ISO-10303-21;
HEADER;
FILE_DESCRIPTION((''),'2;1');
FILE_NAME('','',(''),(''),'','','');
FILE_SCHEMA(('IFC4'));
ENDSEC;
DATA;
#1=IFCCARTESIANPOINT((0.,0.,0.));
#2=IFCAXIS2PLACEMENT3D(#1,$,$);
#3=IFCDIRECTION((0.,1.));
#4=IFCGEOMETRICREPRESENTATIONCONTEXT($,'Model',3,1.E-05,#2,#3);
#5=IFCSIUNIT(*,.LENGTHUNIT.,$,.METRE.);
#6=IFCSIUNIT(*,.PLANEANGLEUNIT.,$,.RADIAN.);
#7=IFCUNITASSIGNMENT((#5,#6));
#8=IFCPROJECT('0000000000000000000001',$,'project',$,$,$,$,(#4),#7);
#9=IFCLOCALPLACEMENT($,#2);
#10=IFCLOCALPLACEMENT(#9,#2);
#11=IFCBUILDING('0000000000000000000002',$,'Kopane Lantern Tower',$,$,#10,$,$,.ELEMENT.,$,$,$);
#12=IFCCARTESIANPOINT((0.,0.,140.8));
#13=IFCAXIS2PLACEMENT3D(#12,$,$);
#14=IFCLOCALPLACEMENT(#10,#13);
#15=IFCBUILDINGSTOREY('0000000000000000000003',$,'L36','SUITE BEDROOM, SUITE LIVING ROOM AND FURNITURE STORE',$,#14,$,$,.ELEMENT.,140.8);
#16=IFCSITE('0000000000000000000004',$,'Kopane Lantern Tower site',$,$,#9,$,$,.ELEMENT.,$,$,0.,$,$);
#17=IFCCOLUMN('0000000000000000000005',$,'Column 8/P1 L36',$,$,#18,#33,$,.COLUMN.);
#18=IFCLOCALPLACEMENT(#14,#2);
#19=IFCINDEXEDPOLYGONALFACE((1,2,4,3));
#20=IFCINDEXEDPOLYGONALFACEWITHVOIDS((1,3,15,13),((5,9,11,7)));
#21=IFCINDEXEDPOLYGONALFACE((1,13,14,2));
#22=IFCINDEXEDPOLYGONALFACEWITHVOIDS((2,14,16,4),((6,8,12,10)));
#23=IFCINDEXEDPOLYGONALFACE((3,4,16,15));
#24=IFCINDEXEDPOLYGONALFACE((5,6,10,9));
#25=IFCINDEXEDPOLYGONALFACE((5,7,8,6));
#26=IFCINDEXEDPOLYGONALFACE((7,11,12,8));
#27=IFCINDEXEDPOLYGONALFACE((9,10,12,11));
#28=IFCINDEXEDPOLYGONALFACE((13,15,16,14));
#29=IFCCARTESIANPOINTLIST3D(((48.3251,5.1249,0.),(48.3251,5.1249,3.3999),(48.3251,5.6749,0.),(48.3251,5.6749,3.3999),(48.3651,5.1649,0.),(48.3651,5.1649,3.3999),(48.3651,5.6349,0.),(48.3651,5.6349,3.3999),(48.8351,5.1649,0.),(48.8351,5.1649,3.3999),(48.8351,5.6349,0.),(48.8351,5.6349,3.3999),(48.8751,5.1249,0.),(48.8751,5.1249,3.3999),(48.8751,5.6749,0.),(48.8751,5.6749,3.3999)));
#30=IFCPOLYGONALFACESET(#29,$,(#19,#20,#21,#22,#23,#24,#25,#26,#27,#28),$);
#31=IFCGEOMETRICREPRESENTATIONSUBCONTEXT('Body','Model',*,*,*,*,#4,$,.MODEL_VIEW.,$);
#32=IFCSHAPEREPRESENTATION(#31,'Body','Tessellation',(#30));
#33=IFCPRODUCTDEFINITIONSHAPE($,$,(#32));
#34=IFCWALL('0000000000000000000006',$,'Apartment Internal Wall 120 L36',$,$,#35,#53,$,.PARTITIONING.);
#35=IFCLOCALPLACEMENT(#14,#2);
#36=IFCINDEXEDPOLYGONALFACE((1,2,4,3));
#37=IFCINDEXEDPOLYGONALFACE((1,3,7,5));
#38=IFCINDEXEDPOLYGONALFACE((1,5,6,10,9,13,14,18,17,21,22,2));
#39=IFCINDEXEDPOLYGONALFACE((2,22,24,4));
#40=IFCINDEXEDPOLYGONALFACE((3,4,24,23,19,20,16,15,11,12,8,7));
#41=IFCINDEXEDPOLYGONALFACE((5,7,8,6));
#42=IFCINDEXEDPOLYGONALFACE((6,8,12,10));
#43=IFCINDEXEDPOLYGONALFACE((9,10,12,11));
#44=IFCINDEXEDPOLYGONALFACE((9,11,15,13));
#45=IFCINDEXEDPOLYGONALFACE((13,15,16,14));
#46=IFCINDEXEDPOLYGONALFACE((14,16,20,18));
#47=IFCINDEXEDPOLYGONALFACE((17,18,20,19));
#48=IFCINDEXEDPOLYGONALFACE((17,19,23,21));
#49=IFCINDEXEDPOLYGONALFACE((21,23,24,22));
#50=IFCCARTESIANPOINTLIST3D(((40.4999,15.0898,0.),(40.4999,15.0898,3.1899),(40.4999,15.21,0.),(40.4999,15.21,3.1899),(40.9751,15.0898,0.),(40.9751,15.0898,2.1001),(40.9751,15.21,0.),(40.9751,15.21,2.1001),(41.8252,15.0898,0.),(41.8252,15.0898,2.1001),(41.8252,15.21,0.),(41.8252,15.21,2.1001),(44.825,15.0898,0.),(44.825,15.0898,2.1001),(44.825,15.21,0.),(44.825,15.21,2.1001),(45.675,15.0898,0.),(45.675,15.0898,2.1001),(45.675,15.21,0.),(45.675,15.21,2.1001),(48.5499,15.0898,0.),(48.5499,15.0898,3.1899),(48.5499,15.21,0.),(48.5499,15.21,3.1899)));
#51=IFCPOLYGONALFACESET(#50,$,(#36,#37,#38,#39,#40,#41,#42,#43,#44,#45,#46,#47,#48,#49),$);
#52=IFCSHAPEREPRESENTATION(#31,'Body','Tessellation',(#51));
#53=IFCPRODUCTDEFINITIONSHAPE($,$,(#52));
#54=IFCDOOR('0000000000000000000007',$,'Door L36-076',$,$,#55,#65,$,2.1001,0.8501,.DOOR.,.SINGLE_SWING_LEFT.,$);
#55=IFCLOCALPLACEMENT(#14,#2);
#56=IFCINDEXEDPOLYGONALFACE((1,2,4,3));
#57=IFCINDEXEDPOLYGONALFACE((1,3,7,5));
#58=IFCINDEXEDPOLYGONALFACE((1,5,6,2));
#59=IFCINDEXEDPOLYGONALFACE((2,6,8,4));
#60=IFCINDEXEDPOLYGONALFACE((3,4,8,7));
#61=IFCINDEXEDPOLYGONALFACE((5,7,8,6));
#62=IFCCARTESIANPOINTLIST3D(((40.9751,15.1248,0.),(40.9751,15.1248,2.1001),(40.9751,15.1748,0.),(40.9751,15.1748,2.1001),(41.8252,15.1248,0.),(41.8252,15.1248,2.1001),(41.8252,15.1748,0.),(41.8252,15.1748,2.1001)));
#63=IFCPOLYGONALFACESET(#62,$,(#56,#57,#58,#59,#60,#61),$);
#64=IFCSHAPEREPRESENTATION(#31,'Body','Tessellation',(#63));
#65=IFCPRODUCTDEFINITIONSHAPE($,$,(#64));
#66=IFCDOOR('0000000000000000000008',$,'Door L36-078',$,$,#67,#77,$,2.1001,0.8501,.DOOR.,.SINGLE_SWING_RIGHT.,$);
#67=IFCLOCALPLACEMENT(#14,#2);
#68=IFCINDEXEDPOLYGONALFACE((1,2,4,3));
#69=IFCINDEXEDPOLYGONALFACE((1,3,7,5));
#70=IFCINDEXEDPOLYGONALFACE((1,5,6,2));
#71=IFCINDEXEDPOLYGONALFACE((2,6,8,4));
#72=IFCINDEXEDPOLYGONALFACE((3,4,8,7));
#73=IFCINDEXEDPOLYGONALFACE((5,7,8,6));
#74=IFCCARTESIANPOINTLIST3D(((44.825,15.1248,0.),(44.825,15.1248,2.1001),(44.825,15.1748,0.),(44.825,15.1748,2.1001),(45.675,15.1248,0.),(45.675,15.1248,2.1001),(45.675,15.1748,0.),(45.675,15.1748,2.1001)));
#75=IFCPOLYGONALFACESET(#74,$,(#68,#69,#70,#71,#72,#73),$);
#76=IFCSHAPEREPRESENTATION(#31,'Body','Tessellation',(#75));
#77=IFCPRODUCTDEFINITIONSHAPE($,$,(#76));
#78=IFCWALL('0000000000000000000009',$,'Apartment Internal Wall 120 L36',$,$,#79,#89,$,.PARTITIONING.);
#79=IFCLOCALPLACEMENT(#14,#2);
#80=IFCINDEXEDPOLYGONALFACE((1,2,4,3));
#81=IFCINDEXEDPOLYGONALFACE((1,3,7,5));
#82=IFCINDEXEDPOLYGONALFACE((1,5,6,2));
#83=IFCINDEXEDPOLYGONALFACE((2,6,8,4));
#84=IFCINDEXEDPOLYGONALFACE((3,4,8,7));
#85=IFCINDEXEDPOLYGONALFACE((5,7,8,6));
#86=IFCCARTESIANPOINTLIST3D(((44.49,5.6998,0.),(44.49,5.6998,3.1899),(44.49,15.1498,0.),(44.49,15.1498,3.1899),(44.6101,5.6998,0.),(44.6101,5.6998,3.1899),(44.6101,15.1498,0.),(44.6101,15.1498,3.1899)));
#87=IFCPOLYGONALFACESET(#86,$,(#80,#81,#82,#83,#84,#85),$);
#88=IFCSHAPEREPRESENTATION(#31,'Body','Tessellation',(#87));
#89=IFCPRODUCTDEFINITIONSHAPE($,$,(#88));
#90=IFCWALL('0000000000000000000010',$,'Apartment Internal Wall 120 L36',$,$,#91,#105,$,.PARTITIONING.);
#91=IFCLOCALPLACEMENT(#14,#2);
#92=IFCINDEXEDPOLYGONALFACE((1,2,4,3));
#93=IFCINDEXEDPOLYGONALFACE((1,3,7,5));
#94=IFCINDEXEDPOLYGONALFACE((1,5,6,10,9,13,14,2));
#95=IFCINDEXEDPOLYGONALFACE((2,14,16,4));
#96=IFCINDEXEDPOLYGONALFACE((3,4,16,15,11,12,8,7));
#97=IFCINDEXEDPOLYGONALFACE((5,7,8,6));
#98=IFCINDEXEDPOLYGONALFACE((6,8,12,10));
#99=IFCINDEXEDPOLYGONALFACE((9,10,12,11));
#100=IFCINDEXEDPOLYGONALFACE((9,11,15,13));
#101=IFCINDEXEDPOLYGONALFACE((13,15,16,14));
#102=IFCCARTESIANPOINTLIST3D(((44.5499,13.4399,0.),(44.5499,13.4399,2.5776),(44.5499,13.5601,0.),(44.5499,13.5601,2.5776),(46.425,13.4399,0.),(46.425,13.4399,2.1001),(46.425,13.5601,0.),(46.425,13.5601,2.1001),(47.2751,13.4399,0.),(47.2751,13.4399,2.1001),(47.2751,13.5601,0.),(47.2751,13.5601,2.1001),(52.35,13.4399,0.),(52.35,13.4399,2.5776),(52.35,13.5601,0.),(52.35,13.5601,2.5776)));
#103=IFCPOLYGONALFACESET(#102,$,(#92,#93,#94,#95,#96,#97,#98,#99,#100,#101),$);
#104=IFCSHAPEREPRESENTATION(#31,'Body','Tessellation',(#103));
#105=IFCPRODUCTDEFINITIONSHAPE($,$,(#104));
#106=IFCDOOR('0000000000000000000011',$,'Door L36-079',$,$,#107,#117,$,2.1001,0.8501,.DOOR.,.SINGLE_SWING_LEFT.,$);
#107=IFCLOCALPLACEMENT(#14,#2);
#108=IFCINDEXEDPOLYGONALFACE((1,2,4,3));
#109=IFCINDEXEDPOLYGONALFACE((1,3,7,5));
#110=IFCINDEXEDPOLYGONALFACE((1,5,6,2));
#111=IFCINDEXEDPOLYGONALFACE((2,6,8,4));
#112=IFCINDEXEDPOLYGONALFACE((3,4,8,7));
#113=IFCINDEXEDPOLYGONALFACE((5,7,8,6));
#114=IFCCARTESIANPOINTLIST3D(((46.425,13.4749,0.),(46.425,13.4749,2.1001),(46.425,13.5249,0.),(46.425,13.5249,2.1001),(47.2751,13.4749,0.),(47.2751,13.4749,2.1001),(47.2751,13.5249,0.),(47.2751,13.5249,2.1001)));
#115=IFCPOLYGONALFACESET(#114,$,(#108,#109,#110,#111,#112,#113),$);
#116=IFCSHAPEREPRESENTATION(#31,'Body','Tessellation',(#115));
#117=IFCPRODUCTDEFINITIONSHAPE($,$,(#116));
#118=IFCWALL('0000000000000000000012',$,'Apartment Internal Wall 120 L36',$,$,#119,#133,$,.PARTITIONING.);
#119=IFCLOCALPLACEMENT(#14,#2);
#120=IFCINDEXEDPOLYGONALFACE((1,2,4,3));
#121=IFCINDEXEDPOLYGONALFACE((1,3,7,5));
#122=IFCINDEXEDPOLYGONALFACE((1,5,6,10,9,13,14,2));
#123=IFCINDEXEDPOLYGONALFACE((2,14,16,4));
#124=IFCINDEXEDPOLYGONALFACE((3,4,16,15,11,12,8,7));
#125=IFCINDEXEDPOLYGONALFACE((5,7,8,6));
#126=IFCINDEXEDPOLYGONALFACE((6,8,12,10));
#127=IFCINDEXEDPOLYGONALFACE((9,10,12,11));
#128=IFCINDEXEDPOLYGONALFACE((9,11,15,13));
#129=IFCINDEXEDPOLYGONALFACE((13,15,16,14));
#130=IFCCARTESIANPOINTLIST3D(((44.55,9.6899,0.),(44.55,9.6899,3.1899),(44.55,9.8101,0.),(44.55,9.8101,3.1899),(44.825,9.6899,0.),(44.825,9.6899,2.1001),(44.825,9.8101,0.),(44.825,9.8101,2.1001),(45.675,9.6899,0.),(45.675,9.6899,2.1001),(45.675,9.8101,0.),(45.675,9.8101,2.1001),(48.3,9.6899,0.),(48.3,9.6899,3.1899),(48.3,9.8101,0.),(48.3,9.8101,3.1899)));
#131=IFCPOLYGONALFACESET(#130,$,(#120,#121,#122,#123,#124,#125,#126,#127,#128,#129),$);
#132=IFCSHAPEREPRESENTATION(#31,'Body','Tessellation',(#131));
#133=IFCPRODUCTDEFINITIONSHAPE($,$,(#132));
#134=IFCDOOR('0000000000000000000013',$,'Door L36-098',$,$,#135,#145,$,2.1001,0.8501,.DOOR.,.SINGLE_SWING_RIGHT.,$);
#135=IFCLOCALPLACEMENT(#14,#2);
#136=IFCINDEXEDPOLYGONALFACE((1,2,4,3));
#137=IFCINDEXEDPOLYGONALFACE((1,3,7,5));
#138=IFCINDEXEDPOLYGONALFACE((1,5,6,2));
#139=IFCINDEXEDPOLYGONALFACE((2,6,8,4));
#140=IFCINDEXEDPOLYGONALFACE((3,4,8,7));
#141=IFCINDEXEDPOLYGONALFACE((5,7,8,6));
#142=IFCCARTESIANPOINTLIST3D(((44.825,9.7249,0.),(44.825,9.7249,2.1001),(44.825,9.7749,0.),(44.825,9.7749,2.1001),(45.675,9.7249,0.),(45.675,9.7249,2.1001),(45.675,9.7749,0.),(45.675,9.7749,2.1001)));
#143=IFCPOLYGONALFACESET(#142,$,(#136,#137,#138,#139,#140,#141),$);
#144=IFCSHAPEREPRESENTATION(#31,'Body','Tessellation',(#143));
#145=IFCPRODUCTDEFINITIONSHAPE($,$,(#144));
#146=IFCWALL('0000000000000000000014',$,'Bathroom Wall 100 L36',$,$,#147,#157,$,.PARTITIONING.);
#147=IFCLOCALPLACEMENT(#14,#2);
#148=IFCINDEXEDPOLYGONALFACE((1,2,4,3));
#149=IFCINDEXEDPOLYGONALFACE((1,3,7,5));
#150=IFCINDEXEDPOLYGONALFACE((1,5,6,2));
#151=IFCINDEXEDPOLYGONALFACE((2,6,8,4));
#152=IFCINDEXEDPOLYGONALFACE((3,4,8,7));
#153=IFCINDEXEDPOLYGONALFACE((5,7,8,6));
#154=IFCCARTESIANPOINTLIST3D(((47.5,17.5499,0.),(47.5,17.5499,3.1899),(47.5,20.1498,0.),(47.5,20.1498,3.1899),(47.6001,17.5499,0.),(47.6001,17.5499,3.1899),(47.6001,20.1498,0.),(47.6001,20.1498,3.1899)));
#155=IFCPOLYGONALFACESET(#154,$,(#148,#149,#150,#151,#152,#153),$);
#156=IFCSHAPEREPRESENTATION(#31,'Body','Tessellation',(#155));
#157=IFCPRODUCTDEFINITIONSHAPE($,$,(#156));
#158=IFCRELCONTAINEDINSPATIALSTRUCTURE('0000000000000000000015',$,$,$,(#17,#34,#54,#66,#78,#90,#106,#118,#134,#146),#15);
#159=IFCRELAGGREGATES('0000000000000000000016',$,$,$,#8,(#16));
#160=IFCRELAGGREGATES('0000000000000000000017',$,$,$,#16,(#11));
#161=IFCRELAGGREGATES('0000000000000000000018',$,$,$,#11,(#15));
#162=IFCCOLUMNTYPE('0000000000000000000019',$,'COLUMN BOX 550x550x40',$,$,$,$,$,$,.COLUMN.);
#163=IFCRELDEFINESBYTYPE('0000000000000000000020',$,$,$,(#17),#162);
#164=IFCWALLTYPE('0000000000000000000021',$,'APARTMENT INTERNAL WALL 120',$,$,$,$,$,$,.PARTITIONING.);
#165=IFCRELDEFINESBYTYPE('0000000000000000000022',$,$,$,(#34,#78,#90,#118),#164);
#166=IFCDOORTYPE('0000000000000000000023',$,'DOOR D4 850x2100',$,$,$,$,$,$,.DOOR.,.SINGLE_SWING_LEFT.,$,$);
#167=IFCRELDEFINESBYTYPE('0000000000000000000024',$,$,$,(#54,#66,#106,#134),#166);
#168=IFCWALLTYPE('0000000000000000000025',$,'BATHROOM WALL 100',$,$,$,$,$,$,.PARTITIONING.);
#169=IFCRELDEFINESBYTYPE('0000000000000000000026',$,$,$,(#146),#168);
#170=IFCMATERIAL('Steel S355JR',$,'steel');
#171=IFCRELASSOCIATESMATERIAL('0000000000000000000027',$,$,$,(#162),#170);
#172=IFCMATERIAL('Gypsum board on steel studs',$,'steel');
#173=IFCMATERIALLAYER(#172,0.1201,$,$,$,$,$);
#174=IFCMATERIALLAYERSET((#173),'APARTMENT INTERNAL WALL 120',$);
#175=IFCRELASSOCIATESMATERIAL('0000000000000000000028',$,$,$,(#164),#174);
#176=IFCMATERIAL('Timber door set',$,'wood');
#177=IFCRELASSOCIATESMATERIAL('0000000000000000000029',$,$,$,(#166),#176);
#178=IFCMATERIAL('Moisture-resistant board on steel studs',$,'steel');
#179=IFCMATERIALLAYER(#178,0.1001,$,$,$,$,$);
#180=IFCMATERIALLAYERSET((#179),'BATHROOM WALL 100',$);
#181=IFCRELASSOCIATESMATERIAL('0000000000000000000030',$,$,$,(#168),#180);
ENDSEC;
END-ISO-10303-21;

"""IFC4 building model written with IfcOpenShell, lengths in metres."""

from ifc_helpers import new_model, si_unit, direction, frame, frame_2d, origin, origin_2d, place, context, subcontext, project, spatial, rectangle, hollow_rectangle, extrude, material, layer, layer_set, material_profile, profile_set, type_object, element, fill, save


model = new_model("IFC4")

# Units and contexts
model_context = context("Model", 3, precision=1e-05, world=origin(), true_north=direction((0.0, 1.0)))
body_context = subcontext(model_context, "Body", "Model", "MODEL_VIEW")
ifc_project = project(units=[si_unit("LENGTHUNIT", "METRE"), si_unit("PLANEANGLEUNIT", "RADIAN")], contexts=[model_context])

# Site, building, storey
site_placement = place(None, origin())
site = spatial("IfcSite", under=ifc_project, at=site_placement, Name="Kopane Lantern Tower site", CompositionType="ELEMENT", RefElevation=0.0)
building_placement = place(site_placement, origin())
building = spatial("IfcBuilding", under=site, at=building_placement, Name="Kopane Lantern Tower", CompositionType="ELEMENT")
storey_placement = place(building_placement, frame((0.0, 0.0, 140.8)))
storey = spatial("IfcBuildingStorey", under=building, at=storey_placement, Name="L36", Description="SUITE BEDROOM, SUITE LIVING ROOM AND FURNITURE STORE", CompositionType="ELEMENT", Elevation=140.8)

# Column
ifc_material_1 = material(Name="Steel S355JR", Category="steel")
ifc_material_profile = material_profile(ifc_material_1, hollow_rectangle(XDim=0.55, YDim=0.55, WallThickness=0.04, at=origin_2d()), Name="BOX 550x550x40")
ifc_profile_set = profile_set([ifc_material_profile], Name="Steel S355JR")
column_type = type_object("IfcColumnType", Name="COLUMN BOX 550x550x40", PredefinedType="COLUMN", material=ifc_profile_set)
column_placement = place(storey_placement, frame((48.6001, 5.3999, 0.0), z_axis=(0.0, 0.0, 1.0), x_axis=(1.0, 0.0, 0.0)))
element("IfcColumn", 1, at=column_placement, inside=storey, type_object=column_type, Name="Column 8/P1 L36", PredefinedType="COLUMN", context=body_context, shape_type="SweptSolid", body=[
    extrude(hollow_rectangle(XDim=0.55, YDim=0.55, WallThickness=0.04, at=origin_2d()), origin(), (0.0, 0.0, 1.0), 3.3999),
])

# Wall, openings, doors
ifc_material_2 = material(Name="Gypsum board on steel studs", Category="steel")
ifc_layer_1 = layer(ifc_material_2, 0.1201)
ifc_layer_set_1 = layer_set([ifc_layer_1], Name="APARTMENT INTERNAL WALL 120")
wall_type_1 = type_object("IfcWallType", Name="APARTMENT INTERNAL WALL 120", PredefinedType="PARTITIONING", material=ifc_layer_set_1)
wall_1_placement = place(storey_placement, frame((40.5, 15.1499, 0.0), z_axis=(0.0, 0.0, 1.0), x_axis=(1.0, 0.0, 0.0)))
wall_1 = element("IfcWall", 2, at=wall_1_placement, inside=storey, type_object=wall_type_1, Name="Apartment Internal Wall 120 L36", PredefinedType="PARTITIONING", context=body_context, shape_type="SweptSolid", body=[
    extrude(rectangle(XDim=8.05, YDim=0.1201, at=frame_2d((4.0249, 0.0))), origin(), (0.0, 0.0, 1.0), 3.1899),
])
opening_1_placement = place(wall_1_placement, frame((0.4751, 0.0, 0.0)))
opening_1 = element("IfcOpeningElement", 3, at=opening_1_placement, cuts=wall_1, PredefinedType="OPENING", context=body_context, shape_type="SweptSolid", body=[
    extrude(rectangle(XDim=0.8501, YDim=2.1001, at=frame_2d((0.425, 1.05))), frame((0.0, 0.0701, 0.0), z_axis=(0.0, -1.0, 0.0), x_axis=(1.0, 0.0, 0.0)), (0.0, 0.0, 1.0), 0.1401),
])
opening_2_placement = place(wall_1_placement, frame((4.325, 0.0, 0.0)))
opening_2 = element("IfcOpeningElement", 4, at=opening_2_placement, cuts=wall_1, PredefinedType="OPENING", context=body_context, shape_type="SweptSolid", body=[
    extrude(rectangle(XDim=0.8501, YDim=2.1001, at=frame_2d((0.425, 1.05))), frame((0.0, 0.0701, 0.0), z_axis=(0.0, -1.0, 0.0), x_axis=(1.0, 0.0, 0.0)), (0.0, 0.0, 1.0), 0.1401),
])
ifc_material_3 = material(Name="Timber door set", Category="wood")
door_type_1 = type_object("IfcDoorType", Name="DOOR D4 850x2100", OperationType="SINGLE_SWING_LEFT", PredefinedType="DOOR", material=ifc_material_3)
door_1_placement = place(opening_1_placement, origin())
door_1 = element("IfcDoor", 5, at=door_1_placement, inside=storey, type_object=door_type_1, Name="Door L36-076", OperationType="SINGLE_SWING_LEFT", OverallHeight=2.1001, OverallWidth=0.8501, PredefinedType="DOOR", context=body_context, shape_type="SweptSolid", body=[
    extrude(rectangle(XDim=0.8501, YDim=2.1001, at=frame_2d((0.425, 1.05))), frame((0.0, 0.0249, 0.0), z_axis=(0.0, -1.0, 0.0), x_axis=(1.0, 0.0, 0.0)), (0.0, 0.0, 1.0), 0.05),
])
fill(opening_1, door_1)
door_2_placement = place(opening_2_placement, origin())
door_2 = element("IfcDoor", 6, at=door_2_placement, inside=storey, type_object=door_type_1, Name="Door L36-078", OperationType="SINGLE_SWING_RIGHT", OverallHeight=2.1001, OverallWidth=0.8501, PredefinedType="DOOR", context=body_context, shape_type="SweptSolid", body=[
    extrude(rectangle(XDim=0.8501, YDim=2.1001, at=frame_2d((0.425, 1.05))), frame((0.0, 0.0249, 0.0), z_axis=(0.0, -1.0, 0.0), x_axis=(1.0, 0.0, 0.0)), (0.0, 0.0, 1.0), 0.05),
])
fill(opening_2, door_2)

# Wall
wall_2_placement = place(storey_placement, frame((44.55, 15.1499, 0.0), z_axis=(0.0, 0.0, 1.0), x_axis=(0.0, -1.0, 0.0)))
element("IfcWall", 7, at=wall_2_placement, inside=storey, type_object=wall_type_1, Name="Apartment Internal Wall 120 L36", PredefinedType="PARTITIONING", context=body_context, shape_type="SweptSolid", body=[
    extrude(rectangle(XDim=9.45, YDim=0.1201, at=frame_2d((4.7251, 0.0))), origin(), (0.0, 0.0, 1.0), 3.1899),
])

# Walls, openings, doors
wall_3_placement = place(storey_placement, frame((44.55, 13.5, 0.0), z_axis=(0.0, 0.0, 1.0), x_axis=(1.0, 0.0, 0.0)))
wall_3 = element("IfcWall", 8, at=wall_3_placement, inside=storey, type_object=wall_type_1, Name="Apartment Internal Wall 120 L36", PredefinedType="PARTITIONING", context=body_context, shape_type="SweptSolid", body=[
    extrude(rectangle(XDim=7.8, YDim=0.1201, at=frame_2d((3.8999, 0.0))), origin(), (0.0, 0.0, 1.0), 2.5776),
])
opening_3_placement = place(wall_3_placement, frame((1.875, 0.0, 0.0)))
opening_3 = element("IfcOpeningElement", 9, at=opening_3_placement, cuts=wall_3, PredefinedType="OPENING", context=body_context, shape_type="SweptSolid", body=[
    extrude(rectangle(XDim=0.8501, YDim=2.1001, at=frame_2d((0.425, 1.05))), frame((0.0, 0.0701, 0.0), z_axis=(0.0, -1.0, 0.0), x_axis=(1.0, 0.0, 0.0)), (0.0, 0.0, 1.0), 0.1401),
])
door_3_placement = place(opening_3_placement, origin())
door_3 = element("IfcDoor", 10, at=door_3_placement, inside=storey, type_object=door_type_1, Name="Door L36-079", OperationType="SINGLE_SWING_LEFT", OverallHeight=2.1001, OverallWidth=0.8501, PredefinedType="DOOR", context=body_context, shape_type="SweptSolid", body=[
    extrude(rectangle(XDim=0.8501, YDim=2.1001, at=frame_2d((0.425, 1.05))), frame((0.0, 0.0249, 0.0), z_axis=(0.0, -1.0, 0.0), x_axis=(1.0, 0.0, 0.0)), (0.0, 0.0, 1.0), 0.05),
])
fill(opening_3, door_3)
wall_4_placement = place(storey_placement, frame((44.55, 9.75, 0.0), z_axis=(0.0, 0.0, 1.0), x_axis=(1.0, 0.0, 0.0)))
wall_4 = element("IfcWall", 11, at=wall_4_placement, inside=storey, type_object=wall_type_1, Name="Apartment Internal Wall 120 L36", PredefinedType="PARTITIONING", context=body_context, shape_type="SweptSolid", body=[
    extrude(rectangle(XDim=3.75, YDim=0.1201, at=frame_2d((1.875, 0.0))), origin(), (0.0, 0.0, 1.0), 3.1899),
])
opening_4_placement = place(wall_4_placement, frame((0.2749, 0.0, 0.0)))
opening_4 = element("IfcOpeningElement", 12, at=opening_4_placement, cuts=wall_4, PredefinedType="OPENING", context=body_context, shape_type="SweptSolid", body=[
    extrude(rectangle(XDim=0.8501, YDim=2.1001, at=frame_2d((0.425, 1.05))), frame((0.0, 0.0701, 0.0), z_axis=(0.0, -1.0, 0.0), x_axis=(1.0, 0.0, 0.0)), (0.0, 0.0, 1.0), 0.1401),
])
door_4_placement = place(opening_4_placement, origin())
door_4 = element("IfcDoor", 13, at=door_4_placement, inside=storey, type_object=door_type_1, Name="Door L36-098", OperationType="SINGLE_SWING_RIGHT", OverallHeight=2.1001, OverallWidth=0.8501, PredefinedType="DOOR", context=body_context, shape_type="SweptSolid", body=[
    extrude(rectangle(XDim=0.8501, YDim=2.1001, at=frame_2d((0.425, 1.05))), frame((0.0, 0.0249, 0.0), z_axis=(0.0, -1.0, 0.0), x_axis=(1.0, 0.0, 0.0)), (0.0, 0.0, 1.0), 0.05),
])
fill(opening_4, door_4)

# Wall
ifc_material_4 = material(Name="Moisture-resistant board on steel studs", Category="steel")
ifc_layer_2 = layer(ifc_material_4, 0.1001)
ifc_layer_set_2 = layer_set([ifc_layer_2], Name="BATHROOM WALL 100")
wall_type_2 = type_object("IfcWallType", Name="BATHROOM WALL 100", PredefinedType="PARTITIONING", material=ifc_layer_set_2)
wall_5_placement = place(storey_placement, frame((47.55, 17.55, 0.0), z_axis=(0.0, 0.0, 1.0), x_axis=(0.0, 1.0, 0.0)))
element("IfcWall", 14, at=wall_5_placement, inside=storey, type_object=wall_type_2, Name="Bathroom Wall 100 L36", PredefinedType="PARTITIONING", context=body_context, shape_type="SweptSolid", body=[
    extrude(rectangle(XDim=2.5999, YDim=0.1001, at=frame_2d((1.2998, 0.0))), origin(), (0.0, 0.0, 1.0), 3.1899),
])

save(model, "model.ifc")
